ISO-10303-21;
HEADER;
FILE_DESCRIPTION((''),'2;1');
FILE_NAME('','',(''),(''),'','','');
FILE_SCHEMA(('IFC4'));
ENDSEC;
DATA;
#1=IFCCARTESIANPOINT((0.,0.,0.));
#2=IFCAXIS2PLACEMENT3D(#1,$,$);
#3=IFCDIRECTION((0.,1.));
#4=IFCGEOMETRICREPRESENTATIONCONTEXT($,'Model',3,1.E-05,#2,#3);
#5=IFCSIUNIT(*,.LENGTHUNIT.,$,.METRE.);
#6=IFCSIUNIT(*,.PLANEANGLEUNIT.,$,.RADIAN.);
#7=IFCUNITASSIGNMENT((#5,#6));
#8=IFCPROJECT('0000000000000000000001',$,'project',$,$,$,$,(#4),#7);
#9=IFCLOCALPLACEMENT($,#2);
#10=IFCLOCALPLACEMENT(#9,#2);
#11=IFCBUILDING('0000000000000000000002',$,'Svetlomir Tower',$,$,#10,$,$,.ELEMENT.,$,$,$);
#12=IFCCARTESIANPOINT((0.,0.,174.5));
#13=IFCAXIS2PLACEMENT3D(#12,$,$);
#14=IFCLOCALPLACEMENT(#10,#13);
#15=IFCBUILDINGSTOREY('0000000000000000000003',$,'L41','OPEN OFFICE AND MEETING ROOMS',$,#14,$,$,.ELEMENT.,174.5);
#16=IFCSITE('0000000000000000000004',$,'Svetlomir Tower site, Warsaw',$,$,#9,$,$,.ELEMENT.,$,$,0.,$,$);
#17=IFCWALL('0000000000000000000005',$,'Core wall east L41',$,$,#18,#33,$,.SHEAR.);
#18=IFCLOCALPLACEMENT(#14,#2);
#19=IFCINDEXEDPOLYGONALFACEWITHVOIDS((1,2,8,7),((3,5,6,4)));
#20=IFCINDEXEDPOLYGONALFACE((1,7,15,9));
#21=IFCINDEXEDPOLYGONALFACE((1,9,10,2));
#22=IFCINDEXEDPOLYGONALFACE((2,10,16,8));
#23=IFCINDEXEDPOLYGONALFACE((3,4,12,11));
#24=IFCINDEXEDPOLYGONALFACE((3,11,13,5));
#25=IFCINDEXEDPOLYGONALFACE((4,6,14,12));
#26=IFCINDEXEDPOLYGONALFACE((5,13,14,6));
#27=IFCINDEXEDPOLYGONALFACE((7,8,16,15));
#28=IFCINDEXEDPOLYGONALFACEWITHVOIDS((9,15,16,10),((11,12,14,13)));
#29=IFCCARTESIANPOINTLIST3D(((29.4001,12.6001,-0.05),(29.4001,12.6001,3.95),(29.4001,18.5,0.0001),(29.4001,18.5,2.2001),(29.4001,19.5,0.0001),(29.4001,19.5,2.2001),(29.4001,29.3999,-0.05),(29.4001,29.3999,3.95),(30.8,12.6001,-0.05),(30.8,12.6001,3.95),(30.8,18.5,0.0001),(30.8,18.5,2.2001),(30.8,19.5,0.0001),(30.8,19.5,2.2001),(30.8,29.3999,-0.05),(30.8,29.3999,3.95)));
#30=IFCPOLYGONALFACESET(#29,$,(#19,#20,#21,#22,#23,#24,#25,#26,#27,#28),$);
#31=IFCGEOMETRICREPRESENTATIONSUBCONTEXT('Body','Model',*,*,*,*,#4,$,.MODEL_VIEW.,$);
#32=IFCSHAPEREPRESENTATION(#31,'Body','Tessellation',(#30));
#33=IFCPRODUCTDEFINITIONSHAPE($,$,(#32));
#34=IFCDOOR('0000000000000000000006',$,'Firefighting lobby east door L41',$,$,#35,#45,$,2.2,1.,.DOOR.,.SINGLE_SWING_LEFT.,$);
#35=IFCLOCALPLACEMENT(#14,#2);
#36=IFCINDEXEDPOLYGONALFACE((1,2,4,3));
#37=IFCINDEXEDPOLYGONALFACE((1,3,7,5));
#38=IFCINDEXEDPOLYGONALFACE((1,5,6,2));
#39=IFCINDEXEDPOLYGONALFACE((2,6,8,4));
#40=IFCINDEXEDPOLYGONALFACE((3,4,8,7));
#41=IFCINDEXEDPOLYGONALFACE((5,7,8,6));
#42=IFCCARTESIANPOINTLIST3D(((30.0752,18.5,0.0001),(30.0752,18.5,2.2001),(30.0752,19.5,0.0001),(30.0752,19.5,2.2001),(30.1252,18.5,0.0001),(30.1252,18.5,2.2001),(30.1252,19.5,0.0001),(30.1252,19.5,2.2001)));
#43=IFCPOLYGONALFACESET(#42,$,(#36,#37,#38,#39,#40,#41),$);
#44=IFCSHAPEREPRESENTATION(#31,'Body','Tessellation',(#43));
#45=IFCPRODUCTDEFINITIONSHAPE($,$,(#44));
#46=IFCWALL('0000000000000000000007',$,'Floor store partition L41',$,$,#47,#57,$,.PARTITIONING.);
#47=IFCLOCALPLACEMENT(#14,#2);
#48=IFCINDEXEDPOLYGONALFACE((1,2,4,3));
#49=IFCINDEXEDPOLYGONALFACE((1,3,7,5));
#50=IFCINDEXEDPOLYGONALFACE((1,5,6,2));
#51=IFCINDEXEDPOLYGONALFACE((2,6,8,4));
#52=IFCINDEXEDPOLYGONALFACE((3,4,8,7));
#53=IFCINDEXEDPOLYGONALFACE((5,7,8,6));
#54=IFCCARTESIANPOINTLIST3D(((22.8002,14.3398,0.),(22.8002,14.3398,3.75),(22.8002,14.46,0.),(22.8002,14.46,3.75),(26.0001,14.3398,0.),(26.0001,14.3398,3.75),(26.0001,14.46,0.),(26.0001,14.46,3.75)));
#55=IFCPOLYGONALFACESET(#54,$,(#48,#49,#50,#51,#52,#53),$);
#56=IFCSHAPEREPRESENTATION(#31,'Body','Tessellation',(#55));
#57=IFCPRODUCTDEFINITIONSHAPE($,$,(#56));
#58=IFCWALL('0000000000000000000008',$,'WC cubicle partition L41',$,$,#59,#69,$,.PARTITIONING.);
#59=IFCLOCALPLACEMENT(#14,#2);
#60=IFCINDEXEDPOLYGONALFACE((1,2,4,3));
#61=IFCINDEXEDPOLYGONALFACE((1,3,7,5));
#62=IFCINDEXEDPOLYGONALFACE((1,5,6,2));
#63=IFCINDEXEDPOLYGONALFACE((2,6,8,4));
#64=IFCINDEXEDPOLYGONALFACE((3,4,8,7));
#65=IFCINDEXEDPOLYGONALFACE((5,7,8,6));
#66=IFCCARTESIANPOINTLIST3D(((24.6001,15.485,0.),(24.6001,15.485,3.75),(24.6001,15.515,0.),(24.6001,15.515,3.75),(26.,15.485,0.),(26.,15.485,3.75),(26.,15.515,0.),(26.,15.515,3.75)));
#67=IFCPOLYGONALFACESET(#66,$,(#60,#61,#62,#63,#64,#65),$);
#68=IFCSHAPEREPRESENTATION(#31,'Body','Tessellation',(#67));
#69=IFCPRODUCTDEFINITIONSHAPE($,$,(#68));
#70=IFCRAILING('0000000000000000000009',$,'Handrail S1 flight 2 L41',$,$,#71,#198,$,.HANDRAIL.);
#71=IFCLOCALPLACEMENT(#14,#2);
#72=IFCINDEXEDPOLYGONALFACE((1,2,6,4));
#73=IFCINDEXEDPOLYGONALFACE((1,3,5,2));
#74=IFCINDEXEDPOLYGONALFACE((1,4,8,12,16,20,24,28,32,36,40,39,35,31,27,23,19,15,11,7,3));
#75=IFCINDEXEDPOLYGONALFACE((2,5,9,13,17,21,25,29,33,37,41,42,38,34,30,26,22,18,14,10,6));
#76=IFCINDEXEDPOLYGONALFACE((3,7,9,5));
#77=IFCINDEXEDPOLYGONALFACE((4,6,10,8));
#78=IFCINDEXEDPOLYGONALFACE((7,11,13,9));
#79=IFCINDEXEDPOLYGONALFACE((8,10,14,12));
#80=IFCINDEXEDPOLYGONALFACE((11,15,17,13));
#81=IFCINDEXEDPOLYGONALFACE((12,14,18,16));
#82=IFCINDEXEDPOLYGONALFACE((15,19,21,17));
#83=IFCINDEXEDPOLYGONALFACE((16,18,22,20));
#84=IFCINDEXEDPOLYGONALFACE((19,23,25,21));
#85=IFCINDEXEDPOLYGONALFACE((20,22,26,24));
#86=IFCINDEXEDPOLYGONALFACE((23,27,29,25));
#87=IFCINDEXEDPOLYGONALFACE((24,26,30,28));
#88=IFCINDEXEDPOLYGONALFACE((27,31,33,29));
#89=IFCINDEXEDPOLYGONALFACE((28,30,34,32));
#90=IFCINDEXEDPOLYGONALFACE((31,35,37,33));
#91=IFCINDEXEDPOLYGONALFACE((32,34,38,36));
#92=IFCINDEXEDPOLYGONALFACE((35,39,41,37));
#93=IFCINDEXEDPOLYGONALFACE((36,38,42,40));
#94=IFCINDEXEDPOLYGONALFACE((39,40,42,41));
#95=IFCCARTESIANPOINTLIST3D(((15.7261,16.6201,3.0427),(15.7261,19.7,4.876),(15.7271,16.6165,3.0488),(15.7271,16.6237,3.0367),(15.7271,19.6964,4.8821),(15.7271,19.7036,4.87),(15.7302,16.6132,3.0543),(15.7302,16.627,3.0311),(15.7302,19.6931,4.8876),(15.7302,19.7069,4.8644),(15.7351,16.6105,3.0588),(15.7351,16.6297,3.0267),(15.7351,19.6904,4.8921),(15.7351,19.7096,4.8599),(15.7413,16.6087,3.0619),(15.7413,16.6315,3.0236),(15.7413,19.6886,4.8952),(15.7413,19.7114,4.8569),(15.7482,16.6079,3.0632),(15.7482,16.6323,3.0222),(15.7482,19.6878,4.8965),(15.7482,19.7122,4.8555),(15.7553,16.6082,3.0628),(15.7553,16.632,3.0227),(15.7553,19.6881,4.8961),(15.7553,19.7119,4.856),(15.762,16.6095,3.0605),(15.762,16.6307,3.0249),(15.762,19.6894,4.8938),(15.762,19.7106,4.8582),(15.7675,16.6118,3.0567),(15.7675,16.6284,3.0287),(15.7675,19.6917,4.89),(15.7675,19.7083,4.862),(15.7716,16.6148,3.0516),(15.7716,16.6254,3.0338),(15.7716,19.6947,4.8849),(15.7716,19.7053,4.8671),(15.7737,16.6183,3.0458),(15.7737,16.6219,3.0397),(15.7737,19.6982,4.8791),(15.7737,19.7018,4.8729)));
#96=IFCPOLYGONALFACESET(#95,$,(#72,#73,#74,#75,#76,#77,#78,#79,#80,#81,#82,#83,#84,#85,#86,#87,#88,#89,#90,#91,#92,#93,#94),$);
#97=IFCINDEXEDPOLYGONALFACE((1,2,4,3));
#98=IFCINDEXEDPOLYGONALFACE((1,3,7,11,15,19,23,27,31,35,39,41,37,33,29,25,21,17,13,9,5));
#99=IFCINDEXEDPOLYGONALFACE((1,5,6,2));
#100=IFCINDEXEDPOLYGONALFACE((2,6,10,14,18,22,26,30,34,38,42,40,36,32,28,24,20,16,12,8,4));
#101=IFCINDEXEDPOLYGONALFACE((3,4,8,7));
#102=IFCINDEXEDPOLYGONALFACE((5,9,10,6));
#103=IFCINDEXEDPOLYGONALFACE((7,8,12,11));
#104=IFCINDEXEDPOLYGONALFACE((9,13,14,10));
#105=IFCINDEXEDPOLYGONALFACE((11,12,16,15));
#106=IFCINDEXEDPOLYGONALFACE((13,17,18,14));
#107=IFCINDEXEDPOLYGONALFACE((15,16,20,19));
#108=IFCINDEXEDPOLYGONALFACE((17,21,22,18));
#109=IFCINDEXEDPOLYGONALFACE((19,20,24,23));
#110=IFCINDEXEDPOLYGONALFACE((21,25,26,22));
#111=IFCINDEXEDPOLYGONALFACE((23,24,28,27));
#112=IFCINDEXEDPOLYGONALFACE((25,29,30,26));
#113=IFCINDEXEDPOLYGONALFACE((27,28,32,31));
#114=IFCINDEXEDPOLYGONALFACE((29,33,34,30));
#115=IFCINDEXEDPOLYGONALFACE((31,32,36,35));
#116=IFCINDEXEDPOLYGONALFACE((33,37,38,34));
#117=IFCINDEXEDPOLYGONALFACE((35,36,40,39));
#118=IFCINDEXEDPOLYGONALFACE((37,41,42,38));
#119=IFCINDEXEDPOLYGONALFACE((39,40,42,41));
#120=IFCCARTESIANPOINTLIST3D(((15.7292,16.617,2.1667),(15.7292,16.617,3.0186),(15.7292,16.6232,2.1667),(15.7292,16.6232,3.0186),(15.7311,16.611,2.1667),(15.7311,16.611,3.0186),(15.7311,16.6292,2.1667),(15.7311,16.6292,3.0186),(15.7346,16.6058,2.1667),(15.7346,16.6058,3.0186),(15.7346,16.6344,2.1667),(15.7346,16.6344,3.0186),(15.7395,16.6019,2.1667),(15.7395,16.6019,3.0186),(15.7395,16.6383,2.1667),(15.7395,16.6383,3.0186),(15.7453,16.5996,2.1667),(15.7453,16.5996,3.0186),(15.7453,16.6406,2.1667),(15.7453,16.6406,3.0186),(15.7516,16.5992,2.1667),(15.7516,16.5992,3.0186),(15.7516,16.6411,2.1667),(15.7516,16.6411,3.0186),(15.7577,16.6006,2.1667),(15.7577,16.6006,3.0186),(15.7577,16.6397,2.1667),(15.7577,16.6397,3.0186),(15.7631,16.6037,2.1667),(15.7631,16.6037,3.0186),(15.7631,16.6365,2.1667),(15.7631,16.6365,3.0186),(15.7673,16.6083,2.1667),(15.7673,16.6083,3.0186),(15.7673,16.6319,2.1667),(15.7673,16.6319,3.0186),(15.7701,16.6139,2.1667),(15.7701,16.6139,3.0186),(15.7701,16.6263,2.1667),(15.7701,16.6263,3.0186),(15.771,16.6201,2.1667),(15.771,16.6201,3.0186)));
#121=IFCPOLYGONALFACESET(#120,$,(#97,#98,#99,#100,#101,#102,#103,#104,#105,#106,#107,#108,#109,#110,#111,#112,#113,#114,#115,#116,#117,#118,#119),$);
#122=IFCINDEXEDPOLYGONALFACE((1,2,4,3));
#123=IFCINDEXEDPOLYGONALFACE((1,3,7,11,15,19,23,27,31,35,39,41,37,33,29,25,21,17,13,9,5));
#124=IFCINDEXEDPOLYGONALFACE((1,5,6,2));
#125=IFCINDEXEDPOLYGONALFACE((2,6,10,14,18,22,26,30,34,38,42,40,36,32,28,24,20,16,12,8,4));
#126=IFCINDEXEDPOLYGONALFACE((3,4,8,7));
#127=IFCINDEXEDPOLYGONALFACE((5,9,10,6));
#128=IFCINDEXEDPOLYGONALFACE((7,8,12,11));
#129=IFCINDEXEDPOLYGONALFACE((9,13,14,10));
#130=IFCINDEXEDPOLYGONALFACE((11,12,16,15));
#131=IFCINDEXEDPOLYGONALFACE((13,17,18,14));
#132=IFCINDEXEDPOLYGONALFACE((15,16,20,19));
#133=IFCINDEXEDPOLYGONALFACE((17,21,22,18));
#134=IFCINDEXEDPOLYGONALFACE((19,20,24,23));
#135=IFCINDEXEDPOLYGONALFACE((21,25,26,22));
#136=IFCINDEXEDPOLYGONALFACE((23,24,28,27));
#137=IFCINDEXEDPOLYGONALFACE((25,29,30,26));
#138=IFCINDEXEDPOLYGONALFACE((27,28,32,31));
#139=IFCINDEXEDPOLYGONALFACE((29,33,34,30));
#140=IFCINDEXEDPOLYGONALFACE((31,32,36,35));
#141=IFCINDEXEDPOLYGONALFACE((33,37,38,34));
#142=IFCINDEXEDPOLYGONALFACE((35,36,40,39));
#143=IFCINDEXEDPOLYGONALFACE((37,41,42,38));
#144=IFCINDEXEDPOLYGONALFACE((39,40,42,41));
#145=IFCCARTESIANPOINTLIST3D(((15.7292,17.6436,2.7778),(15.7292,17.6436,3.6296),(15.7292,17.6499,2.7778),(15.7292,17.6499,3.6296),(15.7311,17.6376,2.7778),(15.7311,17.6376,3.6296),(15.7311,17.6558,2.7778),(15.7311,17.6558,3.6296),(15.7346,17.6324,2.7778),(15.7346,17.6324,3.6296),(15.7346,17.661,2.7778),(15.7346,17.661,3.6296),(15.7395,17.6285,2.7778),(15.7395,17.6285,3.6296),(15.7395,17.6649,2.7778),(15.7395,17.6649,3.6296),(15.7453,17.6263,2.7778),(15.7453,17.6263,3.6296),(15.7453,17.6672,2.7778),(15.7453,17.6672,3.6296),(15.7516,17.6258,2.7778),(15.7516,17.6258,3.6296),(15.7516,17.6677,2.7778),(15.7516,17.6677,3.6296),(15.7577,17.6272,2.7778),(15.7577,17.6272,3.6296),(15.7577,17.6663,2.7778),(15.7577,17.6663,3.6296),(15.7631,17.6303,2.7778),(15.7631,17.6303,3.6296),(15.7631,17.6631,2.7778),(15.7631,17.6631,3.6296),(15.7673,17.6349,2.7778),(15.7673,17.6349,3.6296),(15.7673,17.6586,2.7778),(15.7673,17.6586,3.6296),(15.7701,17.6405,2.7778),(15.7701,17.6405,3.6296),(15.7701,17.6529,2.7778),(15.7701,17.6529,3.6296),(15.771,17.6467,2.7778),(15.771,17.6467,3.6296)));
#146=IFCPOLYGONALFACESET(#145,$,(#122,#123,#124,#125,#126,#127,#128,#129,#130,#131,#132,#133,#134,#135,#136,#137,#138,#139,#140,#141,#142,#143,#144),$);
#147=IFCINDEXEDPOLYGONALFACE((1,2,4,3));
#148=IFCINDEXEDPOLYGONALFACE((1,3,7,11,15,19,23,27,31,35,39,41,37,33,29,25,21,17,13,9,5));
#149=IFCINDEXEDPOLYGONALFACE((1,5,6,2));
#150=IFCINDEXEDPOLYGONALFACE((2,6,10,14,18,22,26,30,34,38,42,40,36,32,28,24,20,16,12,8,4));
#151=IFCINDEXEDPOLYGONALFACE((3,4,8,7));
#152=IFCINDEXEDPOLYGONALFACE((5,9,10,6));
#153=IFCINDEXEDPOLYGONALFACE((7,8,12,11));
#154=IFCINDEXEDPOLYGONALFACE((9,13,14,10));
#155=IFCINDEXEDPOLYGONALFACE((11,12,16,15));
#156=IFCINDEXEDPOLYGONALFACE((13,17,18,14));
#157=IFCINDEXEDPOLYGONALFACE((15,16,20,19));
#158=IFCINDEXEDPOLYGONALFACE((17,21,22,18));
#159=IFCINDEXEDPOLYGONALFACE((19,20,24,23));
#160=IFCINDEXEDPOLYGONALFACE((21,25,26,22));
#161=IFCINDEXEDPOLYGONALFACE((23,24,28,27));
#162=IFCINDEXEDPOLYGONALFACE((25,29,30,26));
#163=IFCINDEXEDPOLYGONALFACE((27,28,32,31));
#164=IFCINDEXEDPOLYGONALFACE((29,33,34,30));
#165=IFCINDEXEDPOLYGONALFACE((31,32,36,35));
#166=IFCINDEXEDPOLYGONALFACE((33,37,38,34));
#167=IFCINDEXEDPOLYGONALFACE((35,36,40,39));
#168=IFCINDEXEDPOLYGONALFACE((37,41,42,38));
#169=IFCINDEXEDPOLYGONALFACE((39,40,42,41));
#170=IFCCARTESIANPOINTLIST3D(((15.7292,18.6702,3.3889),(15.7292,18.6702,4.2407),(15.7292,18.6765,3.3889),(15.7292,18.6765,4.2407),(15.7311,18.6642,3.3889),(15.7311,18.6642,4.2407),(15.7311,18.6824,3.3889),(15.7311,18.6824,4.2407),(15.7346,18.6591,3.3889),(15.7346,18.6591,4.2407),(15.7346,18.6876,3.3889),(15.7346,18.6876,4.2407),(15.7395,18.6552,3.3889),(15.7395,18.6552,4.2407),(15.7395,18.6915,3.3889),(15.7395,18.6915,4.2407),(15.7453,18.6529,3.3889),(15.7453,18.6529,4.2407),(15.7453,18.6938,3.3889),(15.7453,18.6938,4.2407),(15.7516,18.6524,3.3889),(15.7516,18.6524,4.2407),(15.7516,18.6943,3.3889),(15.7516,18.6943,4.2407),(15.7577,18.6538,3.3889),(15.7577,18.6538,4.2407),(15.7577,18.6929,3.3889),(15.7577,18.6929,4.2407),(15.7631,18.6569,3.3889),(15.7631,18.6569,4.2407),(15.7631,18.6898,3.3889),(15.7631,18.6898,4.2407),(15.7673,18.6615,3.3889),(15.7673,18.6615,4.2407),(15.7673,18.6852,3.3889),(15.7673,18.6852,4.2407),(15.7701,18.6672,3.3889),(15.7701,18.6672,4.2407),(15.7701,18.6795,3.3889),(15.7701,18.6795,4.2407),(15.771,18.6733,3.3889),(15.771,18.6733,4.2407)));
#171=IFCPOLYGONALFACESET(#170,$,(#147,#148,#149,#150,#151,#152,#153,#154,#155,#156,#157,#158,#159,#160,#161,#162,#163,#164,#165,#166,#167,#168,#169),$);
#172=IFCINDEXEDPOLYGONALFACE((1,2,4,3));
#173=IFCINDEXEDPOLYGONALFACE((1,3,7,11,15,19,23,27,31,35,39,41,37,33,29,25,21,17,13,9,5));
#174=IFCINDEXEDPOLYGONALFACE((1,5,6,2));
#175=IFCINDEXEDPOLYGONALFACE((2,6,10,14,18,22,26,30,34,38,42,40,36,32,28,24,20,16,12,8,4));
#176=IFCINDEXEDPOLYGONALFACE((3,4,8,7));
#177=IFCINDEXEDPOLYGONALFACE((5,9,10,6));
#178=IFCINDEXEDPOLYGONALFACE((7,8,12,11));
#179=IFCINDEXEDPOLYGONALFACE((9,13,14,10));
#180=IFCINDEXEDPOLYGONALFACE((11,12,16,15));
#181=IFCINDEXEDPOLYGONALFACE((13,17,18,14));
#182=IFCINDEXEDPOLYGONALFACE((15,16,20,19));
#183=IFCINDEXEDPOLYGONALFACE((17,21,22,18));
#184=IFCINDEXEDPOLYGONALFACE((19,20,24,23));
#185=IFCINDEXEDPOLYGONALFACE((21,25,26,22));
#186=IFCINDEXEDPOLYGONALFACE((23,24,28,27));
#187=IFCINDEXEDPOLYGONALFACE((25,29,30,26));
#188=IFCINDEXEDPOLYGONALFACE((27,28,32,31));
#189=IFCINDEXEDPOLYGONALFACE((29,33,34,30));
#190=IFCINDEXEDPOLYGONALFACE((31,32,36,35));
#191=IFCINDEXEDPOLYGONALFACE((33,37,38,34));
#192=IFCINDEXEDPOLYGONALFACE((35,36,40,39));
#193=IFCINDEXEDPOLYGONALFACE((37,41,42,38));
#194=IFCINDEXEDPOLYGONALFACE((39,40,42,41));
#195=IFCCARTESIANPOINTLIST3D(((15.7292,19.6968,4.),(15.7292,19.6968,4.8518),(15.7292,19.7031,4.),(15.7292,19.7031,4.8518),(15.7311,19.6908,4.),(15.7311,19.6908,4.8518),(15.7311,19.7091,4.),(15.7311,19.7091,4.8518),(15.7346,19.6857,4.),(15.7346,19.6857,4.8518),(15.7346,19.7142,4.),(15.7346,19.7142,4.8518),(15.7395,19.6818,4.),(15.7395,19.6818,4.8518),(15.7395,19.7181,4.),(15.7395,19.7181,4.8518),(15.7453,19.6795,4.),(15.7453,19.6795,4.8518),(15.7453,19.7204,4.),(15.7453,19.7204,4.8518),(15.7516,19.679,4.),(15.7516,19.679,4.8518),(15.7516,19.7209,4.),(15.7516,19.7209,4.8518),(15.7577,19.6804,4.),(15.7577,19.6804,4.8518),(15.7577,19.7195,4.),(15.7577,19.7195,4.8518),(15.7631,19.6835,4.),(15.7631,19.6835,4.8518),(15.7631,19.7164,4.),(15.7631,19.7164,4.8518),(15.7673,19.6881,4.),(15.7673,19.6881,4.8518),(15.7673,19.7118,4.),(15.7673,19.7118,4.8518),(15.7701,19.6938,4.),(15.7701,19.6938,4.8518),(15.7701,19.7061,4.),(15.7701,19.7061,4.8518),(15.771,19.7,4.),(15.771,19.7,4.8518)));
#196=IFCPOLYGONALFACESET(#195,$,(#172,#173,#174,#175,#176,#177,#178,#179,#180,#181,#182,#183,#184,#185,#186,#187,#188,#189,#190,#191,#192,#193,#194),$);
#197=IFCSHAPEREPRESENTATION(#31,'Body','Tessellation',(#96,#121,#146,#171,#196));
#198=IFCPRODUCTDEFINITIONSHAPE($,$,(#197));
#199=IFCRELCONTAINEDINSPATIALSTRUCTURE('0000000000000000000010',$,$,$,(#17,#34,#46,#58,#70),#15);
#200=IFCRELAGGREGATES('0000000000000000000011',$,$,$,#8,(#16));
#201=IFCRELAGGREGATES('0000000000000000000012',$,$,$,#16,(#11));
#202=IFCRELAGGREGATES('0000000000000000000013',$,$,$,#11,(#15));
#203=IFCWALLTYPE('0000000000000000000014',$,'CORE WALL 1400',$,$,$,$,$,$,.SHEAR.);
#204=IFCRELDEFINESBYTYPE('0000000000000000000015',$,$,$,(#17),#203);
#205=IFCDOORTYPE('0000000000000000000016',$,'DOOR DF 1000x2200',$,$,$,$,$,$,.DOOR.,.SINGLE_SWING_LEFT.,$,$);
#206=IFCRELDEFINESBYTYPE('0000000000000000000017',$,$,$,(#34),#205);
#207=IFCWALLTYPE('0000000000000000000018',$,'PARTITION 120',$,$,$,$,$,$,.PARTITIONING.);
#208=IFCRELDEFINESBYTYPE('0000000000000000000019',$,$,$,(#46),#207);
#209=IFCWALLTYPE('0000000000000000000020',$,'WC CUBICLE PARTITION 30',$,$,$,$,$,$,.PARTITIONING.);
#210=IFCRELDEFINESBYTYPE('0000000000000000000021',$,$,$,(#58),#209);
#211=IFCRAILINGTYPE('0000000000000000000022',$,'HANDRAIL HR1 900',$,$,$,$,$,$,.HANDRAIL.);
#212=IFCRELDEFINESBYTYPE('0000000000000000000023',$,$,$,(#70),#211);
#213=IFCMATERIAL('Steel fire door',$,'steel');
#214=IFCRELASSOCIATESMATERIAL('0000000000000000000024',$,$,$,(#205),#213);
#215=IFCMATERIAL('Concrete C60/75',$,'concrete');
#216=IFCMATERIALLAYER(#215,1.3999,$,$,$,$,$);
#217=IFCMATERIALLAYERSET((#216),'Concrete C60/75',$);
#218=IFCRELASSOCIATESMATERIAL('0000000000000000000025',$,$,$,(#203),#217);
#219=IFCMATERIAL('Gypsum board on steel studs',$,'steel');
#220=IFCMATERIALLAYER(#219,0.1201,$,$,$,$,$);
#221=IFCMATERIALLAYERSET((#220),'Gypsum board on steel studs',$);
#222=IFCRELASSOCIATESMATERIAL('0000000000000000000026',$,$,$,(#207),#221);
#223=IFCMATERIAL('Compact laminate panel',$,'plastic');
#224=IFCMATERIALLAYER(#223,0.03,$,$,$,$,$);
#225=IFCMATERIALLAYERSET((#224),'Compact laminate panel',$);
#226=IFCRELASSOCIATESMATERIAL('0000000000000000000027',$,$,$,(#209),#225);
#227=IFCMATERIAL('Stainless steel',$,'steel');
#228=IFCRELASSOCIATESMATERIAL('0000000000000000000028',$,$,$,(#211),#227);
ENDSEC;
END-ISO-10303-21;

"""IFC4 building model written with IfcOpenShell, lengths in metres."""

from ifc_helpers import new_model, si_unit, direction, frame, frame_2d, origin, origin_2d, place, context, subcontext, project, spatial, rectangle, circle, extrude, material, layer, layer_set, type_object, element, fill, save


model = new_model("IFC4")

# Units and contexts
model_context = context("Model", 3, precision=1e-05, world=origin(), true_north=direction((0.0, 1.0)))
body_context = subcontext(model_context, "Body", "Model", "MODEL_VIEW")
ifc_project = project(units=[si_unit("LENGTHUNIT", "METRE"), si_unit("PLANEANGLEUNIT", "RADIAN")], contexts=[model_context])

# Site, building, storey
site_placement = place(None, origin())
site = spatial("IfcSite", under=ifc_project, at=site_placement, Name="Svetlomir Tower site, Warsaw", CompositionType="ELEMENT", RefElevation=0.0)
building_placement = place(site_placement, origin())
building = spatial("IfcBuilding", under=site, at=building_placement, Name="Svetlomir Tower", CompositionType="ELEMENT")
storey_placement = place(building_placement, frame((0.0, 0.0, 174.5)))
storey = spatial("IfcBuildingStorey", under=building, at=storey_placement, Name="L41", Description="OPEN OFFICE AND MEETING ROOMS", CompositionType="ELEMENT", Elevation=174.5)

# Shared definitions
ifc_material_1 = material(Name="Steel fire door", Category="steel")
door_type_1 = type_object("IfcDoorType", Name="DOOR DF 1000x2200", OperationType="SINGLE_SWING_LEFT", PredefinedType="DOOR", material=ifc_material_1)

# Wall, opening, door
ifc_material_2 = material(Name="Concrete C60/75", Category="concrete")
ifc_layer_1 = layer(ifc_material_2, 1.3999)
ifc_layer_set_1 = layer_set([ifc_layer_1], Name="Concrete C60/75")
wall_type_1 = type_object("IfcWallType", Name="CORE WALL 1400", PredefinedType="SHEAR", material=ifc_layer_set_1)
wall_1_placement = place(storey_placement, frame((30.1001, 12.6001, -0.05), z_axis=(0.0, 0.0, 1.0), x_axis=(0.0, 1.0, 0.0)))
wall_1 = element("IfcWall", 1, at=wall_1_placement, inside=storey, type_object=wall_type_1, Name="Core wall east L41", PredefinedType="SHEAR", context=body_context, shape_type="SweptSolid", body=[
    extrude(rectangle(XDim=16.7998, YDim=1.3999, at=frame_2d((8.3999, 0.0))), origin(), (0.0, 0.0, 1.0), 4.0),
])
opening_1_placement = place(wall_1_placement, frame((5.8999, 0.0, 0.05)))
opening_1 = element("IfcOpeningElement", 2, at=opening_1_placement, cuts=wall_1, PredefinedType="OPENING", context=body_context, shape_type="SweptSolid", body=[
    extrude(rectangle(XDim=1.0, YDim=2.2, at=frame_2d((0.5, 1.1001))), frame((0.0, 0.71, 0.0), z_axis=(0.0, -1.0, 0.0), x_axis=(1.0, 0.0, 0.0)), (0.0, 0.0, 1.0), 1.4199),
])
door_1_placement = place(opening_1_placement, origin())
door_1 = element("IfcDoor", 3, at=door_1_placement, inside=storey, type_object=door_type_1, Name="Firefighting lobby east door L41", OperationType="SINGLE_SWING_LEFT", OverallHeight=2.2, OverallWidth=1.0, PredefinedType="DOOR", context=body_context, shape_type="SweptSolid", body=[
    extrude(rectangle(XDim=1.0, YDim=2.2, at=frame_2d((0.5, 1.1001))), frame((0.0, 0.0249, 0.0), z_axis=(0.0, -1.0, 0.0), x_axis=(1.0, 0.0, 0.0)), (0.0, 0.0, 1.0), 0.05),
])
fill(opening_1, door_1)

# Walls
ifc_material_3 = material(Name="Gypsum board on steel studs", Category="steel")
ifc_layer_2 = layer(ifc_material_3, 0.1201)
ifc_layer_set_2 = layer_set([ifc_layer_2], Name="Gypsum board on steel studs")
wall_type_2 = type_object("IfcWallType", Name="PARTITION 120", PredefinedType="PARTITIONING", material=ifc_layer_set_2)
wall_2_placement = place(storey_placement, frame((22.8, 14.3999, 0.0), z_axis=(0.0, 0.0, 1.0), x_axis=(1.0, 0.0, 0.0)))
element("IfcWall", 4, at=wall_2_placement, inside=storey, type_object=wall_type_2, Name="Floor store partition L41", PredefinedType="PARTITIONING", context=body_context, shape_type="SweptSolid", body=[
    extrude(rectangle(XDim=3.2, YDim=0.1201, at=frame_2d((1.6001, 0.0))), origin(), (0.0, 0.0, 1.0), 3.75),
])
ifc_material_4 = material(Name="Compact laminate panel", Category="plastic")
ifc_layer_3 = layer(ifc_material_4, 0.03)
ifc_layer_set_3 = layer_set([ifc_layer_3], Name="Compact laminate panel")
wall_type_3 = type_object("IfcWallType", Name="WC CUBICLE PARTITION 30", PredefinedType="PARTITIONING", material=ifc_layer_set_3)
wall_3_placement = place(storey_placement, frame((24.6001, 15.5, 0.0), z_axis=(0.0, 0.0, 1.0), x_axis=(1.0, 0.0, 0.0)))
element("IfcWall", 5, at=wall_3_placement, inside=storey, type_object=wall_type_3, Name="WC cubicle partition L41", PredefinedType="PARTITIONING", context=body_context, shape_type="SweptSolid", body=[
    extrude(rectangle(XDim=1.3999, YDim=0.03, at=frame_2d((0.7, 0.0))), origin(), (0.0, 0.0, 1.0), 3.75),
])

# Railing
ifc_material_5 = material(Name="Stainless steel", Category="steel")
railing_type = type_object("IfcRailingType", Name="HANDRAIL HR1 900", PredefinedType="HANDRAIL", material=ifc_material_5)
railing_placement = place(storey_placement, frame((15.75, 16.6201, 2.1667)))
element("IfcRailing", 6, at=railing_placement, inside=storey, type_object=railing_type, Name="Handrail S1 flight 2 L41", PredefinedType="HANDRAIL", context=body_context, shape_type="SweptSolid", body=[
    extrude(circle(Radius=0.0239, at=origin_2d()), frame((0.0, 0.0, 0.876), z_axis=(0.0, 0.859291, 0.511487), x_axis=(-1.0, 0.0, 0.0)), (0.0, 0.0, 1.0), 3.5842),
    extrude(circle(Radius=0.021, at=origin_2d()), origin(), (0.0, 0.0, 1.0), 0.8518),
    extrude(circle(Radius=0.021, at=origin_2d()), frame((0.0, 1.0266, 0.6111)), (0.0, 0.0, 1.0), 0.8518),
    extrude(circle(Radius=0.021, at=origin_2d()), frame((0.0, 2.0532, 1.2222)), (0.0, 0.0, 1.0), 0.8518),
    extrude(circle(Radius=0.021, at=origin_2d()), frame((0.0, 3.0798, 1.8333)), (0.0, 0.0, 1.0), 0.8518),
])

save(model, "model.ifc")
